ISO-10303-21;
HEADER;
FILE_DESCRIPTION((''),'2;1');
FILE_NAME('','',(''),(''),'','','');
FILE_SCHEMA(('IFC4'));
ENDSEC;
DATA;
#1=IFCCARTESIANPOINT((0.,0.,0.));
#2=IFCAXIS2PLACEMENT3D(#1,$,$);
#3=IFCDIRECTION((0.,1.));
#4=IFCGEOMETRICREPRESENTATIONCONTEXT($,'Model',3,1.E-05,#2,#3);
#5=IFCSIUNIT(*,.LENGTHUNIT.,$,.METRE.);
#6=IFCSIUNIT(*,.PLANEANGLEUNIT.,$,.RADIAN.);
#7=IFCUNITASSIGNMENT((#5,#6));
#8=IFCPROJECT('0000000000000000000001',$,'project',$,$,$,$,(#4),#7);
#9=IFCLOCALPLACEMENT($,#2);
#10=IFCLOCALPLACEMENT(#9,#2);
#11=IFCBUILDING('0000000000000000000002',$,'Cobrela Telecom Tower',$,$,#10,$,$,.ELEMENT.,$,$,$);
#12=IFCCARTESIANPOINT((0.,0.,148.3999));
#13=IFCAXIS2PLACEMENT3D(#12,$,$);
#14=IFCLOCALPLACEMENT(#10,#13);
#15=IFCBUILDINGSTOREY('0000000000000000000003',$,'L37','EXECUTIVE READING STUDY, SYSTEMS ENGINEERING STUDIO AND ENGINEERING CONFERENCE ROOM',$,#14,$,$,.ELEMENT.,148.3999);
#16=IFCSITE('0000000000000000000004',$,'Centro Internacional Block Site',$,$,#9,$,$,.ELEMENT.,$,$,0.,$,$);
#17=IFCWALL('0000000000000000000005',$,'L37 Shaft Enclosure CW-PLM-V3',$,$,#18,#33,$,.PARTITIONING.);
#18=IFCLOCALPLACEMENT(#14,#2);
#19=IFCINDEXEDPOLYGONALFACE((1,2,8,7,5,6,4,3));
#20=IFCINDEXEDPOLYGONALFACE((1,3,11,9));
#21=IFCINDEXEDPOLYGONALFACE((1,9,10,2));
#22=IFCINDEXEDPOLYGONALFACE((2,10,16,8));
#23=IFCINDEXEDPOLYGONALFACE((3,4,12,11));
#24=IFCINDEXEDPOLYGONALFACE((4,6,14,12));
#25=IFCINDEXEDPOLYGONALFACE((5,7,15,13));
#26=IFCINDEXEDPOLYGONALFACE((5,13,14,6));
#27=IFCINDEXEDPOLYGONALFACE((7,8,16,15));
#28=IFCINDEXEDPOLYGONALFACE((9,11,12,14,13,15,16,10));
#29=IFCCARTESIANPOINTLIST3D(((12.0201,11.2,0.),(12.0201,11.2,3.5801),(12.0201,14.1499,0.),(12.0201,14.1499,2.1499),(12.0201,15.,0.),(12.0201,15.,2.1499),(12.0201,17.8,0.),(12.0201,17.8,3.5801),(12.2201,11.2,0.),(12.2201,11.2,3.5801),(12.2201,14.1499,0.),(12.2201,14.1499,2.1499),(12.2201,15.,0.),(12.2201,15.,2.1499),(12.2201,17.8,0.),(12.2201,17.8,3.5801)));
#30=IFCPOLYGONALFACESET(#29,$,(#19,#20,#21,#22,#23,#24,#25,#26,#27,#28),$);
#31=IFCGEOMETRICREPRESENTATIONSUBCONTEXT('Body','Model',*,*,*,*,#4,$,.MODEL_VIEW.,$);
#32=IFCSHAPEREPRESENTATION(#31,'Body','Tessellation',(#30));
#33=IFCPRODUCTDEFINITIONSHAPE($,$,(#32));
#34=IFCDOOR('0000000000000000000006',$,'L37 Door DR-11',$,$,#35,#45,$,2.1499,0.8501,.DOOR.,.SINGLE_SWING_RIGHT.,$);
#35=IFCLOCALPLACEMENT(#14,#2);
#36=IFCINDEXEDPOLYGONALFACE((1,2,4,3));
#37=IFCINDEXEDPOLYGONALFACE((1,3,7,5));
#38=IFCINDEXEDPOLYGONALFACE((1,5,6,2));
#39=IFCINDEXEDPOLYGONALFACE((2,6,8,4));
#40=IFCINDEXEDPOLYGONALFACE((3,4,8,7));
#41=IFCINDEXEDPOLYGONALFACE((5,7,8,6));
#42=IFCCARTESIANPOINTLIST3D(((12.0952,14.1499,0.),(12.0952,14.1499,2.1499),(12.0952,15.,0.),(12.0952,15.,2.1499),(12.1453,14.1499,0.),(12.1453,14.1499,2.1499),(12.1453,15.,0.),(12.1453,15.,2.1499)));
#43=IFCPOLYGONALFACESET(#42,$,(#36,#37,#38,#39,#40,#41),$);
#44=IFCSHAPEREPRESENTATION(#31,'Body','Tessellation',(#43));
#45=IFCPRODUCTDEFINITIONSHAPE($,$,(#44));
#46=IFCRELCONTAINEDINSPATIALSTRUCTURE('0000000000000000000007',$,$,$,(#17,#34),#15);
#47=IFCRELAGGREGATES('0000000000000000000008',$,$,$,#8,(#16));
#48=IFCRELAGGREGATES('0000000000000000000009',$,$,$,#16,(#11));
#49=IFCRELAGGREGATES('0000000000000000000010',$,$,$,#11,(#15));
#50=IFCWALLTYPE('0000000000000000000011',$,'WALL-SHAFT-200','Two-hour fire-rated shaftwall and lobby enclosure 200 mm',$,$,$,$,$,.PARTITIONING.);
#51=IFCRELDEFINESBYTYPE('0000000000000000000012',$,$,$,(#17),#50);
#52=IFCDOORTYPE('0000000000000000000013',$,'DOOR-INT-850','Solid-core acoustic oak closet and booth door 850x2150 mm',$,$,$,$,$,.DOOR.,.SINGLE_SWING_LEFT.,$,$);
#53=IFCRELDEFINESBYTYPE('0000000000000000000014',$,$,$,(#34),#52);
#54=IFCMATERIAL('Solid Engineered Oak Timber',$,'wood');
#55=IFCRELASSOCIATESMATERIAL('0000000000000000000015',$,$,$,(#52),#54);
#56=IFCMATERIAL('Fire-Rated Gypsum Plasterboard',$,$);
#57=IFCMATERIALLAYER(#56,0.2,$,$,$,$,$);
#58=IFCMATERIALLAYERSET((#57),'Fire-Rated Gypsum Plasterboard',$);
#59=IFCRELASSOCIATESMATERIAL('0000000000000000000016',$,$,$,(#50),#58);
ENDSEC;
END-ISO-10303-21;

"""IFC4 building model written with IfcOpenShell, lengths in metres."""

from ifc_helpers import new_model, si_unit, direction, frame, frame_2d, origin, place, context, subcontext, project, spatial, rectangle, extrude, material, layer, layer_set, type_object, element, fill, save


model = new_model("IFC4")

# Units and contexts
model_context = context("Model", 3, precision=1e-05, world=origin(), true_north=direction((0.0, 1.0)))
body_context = subcontext(model_context, "Body", "Model", "MODEL_VIEW")
ifc_project = project(units=[si_unit("LENGTHUNIT", "METRE"), si_unit("PLANEANGLEUNIT", "RADIAN")], contexts=[model_context])

# Site, building, storey
site_placement = place(None, origin())
site = spatial("IfcSite", under=ifc_project, at=site_placement, Name="Centro Internacional Block Site", CompositionType="ELEMENT", RefElevation=0.0)
building_placement = place(site_placement, origin())
building = spatial("IfcBuilding", under=site, at=building_placement, Name="Cobrela Telecom Tower", CompositionType="ELEMENT")
storey_placement = place(building_placement, frame((0.0, 0.0, 148.3999)))
storey = spatial("IfcBuildingStorey", under=building, at=storey_placement, Name="L37", Description="EXECUTIVE READING STUDY, SYSTEMS ENGINEERING STUDIO AND ENGINEERING CONFERENCE ROOM", CompositionType="ELEMENT", Elevation=148.3999)

# Shared definitions
ifc_material_1 = material(Name="Fire-Rated Gypsum Plasterboard")

# Shared definitions
ifc_material_2 = material(Name="Solid Engineered Oak Timber", Category="wood")
door_type_1 = type_object("IfcDoorType", Name="DOOR-INT-850", Description="Solid-core acoustic oak closet and booth door 850x2150 mm", OperationType="SINGLE_SWING_LEFT", PredefinedType="DOOR", material=ifc_material_2)

# Shared definitions
ifc_layer_1 = layer(ifc_material_1, 0.2)
ifc_layer_set_1 = layer_set([ifc_layer_1], Name="Fire-Rated Gypsum Plasterboard")
wall_type_1 = type_object("IfcWallType", Name="WALL-SHAFT-200", Description="Two-hour fire-rated shaftwall and lobby enclosure 200 mm", PredefinedType="PARTITIONING", material=ifc_layer_set_1)

# Wall, opening, door
wall_1_placement = place(storey_placement, frame((12.1201, 11.2, 0.0), z_axis=(0.0, 0.0, 1.0), x_axis=(0.0, 1.0, 0.0)))
wall_1 = element("IfcWall", 1, at=wall_1_placement, inside=storey, type_object=wall_type_1, Name="L37 Shaft Enclosure CW-PLM-V3", PredefinedType="PARTITIONING", context=body_context, shape_type="SweptSolid", body=[
    extrude(rectangle(XDim=6.6001, YDim=0.2, at=frame_2d((3.3, 0.0))), origin(), (0.0, 0.0, 1.0), 3.5801),
])
opening_1_placement = place(wall_1_placement, frame((2.95, 0.0, 0.0)))
opening_1 = element("IfcOpeningElement", 2, at=opening_1_placement, cuts=wall_1, PredefinedType="OPENING", context=body_context, shape_type="SweptSolid", body=[
    extrude(rectangle(XDim=0.8501, YDim=2.1499, at=frame_2d((0.425, 1.075))), frame((0.0, 0.1118, 0.0), z_axis=(0.0, -1.0, 0.0), x_axis=(1.0, 0.0, 0.0)), (0.0, 0.0, 1.0), 0.2239),
])
door_1_placement = place(opening_1_placement, origin())
door_1 = element("IfcDoor", 3, at=door_1_placement, inside=storey, type_object=door_type_1, Name="L37 Door DR-11", OperationType="SINGLE_SWING_RIGHT", OverallHeight=2.1499, OverallWidth=0.8501, PredefinedType="DOOR", context=body_context, shape_type="SweptSolid", body=[
    extrude(rectangle(XDim=0.8501, YDim=2.1499, at=frame_2d((0.425, 1.075))), frame((0.0, 0.0249, 0.0), z_axis=(0.0, -1.0, 0.0), x_axis=(1.0, 0.0, 0.0)), (0.0, 0.0, 1.0), 0.05),
])
fill(opening_1, door_1)

save(model, "model.ifc")
